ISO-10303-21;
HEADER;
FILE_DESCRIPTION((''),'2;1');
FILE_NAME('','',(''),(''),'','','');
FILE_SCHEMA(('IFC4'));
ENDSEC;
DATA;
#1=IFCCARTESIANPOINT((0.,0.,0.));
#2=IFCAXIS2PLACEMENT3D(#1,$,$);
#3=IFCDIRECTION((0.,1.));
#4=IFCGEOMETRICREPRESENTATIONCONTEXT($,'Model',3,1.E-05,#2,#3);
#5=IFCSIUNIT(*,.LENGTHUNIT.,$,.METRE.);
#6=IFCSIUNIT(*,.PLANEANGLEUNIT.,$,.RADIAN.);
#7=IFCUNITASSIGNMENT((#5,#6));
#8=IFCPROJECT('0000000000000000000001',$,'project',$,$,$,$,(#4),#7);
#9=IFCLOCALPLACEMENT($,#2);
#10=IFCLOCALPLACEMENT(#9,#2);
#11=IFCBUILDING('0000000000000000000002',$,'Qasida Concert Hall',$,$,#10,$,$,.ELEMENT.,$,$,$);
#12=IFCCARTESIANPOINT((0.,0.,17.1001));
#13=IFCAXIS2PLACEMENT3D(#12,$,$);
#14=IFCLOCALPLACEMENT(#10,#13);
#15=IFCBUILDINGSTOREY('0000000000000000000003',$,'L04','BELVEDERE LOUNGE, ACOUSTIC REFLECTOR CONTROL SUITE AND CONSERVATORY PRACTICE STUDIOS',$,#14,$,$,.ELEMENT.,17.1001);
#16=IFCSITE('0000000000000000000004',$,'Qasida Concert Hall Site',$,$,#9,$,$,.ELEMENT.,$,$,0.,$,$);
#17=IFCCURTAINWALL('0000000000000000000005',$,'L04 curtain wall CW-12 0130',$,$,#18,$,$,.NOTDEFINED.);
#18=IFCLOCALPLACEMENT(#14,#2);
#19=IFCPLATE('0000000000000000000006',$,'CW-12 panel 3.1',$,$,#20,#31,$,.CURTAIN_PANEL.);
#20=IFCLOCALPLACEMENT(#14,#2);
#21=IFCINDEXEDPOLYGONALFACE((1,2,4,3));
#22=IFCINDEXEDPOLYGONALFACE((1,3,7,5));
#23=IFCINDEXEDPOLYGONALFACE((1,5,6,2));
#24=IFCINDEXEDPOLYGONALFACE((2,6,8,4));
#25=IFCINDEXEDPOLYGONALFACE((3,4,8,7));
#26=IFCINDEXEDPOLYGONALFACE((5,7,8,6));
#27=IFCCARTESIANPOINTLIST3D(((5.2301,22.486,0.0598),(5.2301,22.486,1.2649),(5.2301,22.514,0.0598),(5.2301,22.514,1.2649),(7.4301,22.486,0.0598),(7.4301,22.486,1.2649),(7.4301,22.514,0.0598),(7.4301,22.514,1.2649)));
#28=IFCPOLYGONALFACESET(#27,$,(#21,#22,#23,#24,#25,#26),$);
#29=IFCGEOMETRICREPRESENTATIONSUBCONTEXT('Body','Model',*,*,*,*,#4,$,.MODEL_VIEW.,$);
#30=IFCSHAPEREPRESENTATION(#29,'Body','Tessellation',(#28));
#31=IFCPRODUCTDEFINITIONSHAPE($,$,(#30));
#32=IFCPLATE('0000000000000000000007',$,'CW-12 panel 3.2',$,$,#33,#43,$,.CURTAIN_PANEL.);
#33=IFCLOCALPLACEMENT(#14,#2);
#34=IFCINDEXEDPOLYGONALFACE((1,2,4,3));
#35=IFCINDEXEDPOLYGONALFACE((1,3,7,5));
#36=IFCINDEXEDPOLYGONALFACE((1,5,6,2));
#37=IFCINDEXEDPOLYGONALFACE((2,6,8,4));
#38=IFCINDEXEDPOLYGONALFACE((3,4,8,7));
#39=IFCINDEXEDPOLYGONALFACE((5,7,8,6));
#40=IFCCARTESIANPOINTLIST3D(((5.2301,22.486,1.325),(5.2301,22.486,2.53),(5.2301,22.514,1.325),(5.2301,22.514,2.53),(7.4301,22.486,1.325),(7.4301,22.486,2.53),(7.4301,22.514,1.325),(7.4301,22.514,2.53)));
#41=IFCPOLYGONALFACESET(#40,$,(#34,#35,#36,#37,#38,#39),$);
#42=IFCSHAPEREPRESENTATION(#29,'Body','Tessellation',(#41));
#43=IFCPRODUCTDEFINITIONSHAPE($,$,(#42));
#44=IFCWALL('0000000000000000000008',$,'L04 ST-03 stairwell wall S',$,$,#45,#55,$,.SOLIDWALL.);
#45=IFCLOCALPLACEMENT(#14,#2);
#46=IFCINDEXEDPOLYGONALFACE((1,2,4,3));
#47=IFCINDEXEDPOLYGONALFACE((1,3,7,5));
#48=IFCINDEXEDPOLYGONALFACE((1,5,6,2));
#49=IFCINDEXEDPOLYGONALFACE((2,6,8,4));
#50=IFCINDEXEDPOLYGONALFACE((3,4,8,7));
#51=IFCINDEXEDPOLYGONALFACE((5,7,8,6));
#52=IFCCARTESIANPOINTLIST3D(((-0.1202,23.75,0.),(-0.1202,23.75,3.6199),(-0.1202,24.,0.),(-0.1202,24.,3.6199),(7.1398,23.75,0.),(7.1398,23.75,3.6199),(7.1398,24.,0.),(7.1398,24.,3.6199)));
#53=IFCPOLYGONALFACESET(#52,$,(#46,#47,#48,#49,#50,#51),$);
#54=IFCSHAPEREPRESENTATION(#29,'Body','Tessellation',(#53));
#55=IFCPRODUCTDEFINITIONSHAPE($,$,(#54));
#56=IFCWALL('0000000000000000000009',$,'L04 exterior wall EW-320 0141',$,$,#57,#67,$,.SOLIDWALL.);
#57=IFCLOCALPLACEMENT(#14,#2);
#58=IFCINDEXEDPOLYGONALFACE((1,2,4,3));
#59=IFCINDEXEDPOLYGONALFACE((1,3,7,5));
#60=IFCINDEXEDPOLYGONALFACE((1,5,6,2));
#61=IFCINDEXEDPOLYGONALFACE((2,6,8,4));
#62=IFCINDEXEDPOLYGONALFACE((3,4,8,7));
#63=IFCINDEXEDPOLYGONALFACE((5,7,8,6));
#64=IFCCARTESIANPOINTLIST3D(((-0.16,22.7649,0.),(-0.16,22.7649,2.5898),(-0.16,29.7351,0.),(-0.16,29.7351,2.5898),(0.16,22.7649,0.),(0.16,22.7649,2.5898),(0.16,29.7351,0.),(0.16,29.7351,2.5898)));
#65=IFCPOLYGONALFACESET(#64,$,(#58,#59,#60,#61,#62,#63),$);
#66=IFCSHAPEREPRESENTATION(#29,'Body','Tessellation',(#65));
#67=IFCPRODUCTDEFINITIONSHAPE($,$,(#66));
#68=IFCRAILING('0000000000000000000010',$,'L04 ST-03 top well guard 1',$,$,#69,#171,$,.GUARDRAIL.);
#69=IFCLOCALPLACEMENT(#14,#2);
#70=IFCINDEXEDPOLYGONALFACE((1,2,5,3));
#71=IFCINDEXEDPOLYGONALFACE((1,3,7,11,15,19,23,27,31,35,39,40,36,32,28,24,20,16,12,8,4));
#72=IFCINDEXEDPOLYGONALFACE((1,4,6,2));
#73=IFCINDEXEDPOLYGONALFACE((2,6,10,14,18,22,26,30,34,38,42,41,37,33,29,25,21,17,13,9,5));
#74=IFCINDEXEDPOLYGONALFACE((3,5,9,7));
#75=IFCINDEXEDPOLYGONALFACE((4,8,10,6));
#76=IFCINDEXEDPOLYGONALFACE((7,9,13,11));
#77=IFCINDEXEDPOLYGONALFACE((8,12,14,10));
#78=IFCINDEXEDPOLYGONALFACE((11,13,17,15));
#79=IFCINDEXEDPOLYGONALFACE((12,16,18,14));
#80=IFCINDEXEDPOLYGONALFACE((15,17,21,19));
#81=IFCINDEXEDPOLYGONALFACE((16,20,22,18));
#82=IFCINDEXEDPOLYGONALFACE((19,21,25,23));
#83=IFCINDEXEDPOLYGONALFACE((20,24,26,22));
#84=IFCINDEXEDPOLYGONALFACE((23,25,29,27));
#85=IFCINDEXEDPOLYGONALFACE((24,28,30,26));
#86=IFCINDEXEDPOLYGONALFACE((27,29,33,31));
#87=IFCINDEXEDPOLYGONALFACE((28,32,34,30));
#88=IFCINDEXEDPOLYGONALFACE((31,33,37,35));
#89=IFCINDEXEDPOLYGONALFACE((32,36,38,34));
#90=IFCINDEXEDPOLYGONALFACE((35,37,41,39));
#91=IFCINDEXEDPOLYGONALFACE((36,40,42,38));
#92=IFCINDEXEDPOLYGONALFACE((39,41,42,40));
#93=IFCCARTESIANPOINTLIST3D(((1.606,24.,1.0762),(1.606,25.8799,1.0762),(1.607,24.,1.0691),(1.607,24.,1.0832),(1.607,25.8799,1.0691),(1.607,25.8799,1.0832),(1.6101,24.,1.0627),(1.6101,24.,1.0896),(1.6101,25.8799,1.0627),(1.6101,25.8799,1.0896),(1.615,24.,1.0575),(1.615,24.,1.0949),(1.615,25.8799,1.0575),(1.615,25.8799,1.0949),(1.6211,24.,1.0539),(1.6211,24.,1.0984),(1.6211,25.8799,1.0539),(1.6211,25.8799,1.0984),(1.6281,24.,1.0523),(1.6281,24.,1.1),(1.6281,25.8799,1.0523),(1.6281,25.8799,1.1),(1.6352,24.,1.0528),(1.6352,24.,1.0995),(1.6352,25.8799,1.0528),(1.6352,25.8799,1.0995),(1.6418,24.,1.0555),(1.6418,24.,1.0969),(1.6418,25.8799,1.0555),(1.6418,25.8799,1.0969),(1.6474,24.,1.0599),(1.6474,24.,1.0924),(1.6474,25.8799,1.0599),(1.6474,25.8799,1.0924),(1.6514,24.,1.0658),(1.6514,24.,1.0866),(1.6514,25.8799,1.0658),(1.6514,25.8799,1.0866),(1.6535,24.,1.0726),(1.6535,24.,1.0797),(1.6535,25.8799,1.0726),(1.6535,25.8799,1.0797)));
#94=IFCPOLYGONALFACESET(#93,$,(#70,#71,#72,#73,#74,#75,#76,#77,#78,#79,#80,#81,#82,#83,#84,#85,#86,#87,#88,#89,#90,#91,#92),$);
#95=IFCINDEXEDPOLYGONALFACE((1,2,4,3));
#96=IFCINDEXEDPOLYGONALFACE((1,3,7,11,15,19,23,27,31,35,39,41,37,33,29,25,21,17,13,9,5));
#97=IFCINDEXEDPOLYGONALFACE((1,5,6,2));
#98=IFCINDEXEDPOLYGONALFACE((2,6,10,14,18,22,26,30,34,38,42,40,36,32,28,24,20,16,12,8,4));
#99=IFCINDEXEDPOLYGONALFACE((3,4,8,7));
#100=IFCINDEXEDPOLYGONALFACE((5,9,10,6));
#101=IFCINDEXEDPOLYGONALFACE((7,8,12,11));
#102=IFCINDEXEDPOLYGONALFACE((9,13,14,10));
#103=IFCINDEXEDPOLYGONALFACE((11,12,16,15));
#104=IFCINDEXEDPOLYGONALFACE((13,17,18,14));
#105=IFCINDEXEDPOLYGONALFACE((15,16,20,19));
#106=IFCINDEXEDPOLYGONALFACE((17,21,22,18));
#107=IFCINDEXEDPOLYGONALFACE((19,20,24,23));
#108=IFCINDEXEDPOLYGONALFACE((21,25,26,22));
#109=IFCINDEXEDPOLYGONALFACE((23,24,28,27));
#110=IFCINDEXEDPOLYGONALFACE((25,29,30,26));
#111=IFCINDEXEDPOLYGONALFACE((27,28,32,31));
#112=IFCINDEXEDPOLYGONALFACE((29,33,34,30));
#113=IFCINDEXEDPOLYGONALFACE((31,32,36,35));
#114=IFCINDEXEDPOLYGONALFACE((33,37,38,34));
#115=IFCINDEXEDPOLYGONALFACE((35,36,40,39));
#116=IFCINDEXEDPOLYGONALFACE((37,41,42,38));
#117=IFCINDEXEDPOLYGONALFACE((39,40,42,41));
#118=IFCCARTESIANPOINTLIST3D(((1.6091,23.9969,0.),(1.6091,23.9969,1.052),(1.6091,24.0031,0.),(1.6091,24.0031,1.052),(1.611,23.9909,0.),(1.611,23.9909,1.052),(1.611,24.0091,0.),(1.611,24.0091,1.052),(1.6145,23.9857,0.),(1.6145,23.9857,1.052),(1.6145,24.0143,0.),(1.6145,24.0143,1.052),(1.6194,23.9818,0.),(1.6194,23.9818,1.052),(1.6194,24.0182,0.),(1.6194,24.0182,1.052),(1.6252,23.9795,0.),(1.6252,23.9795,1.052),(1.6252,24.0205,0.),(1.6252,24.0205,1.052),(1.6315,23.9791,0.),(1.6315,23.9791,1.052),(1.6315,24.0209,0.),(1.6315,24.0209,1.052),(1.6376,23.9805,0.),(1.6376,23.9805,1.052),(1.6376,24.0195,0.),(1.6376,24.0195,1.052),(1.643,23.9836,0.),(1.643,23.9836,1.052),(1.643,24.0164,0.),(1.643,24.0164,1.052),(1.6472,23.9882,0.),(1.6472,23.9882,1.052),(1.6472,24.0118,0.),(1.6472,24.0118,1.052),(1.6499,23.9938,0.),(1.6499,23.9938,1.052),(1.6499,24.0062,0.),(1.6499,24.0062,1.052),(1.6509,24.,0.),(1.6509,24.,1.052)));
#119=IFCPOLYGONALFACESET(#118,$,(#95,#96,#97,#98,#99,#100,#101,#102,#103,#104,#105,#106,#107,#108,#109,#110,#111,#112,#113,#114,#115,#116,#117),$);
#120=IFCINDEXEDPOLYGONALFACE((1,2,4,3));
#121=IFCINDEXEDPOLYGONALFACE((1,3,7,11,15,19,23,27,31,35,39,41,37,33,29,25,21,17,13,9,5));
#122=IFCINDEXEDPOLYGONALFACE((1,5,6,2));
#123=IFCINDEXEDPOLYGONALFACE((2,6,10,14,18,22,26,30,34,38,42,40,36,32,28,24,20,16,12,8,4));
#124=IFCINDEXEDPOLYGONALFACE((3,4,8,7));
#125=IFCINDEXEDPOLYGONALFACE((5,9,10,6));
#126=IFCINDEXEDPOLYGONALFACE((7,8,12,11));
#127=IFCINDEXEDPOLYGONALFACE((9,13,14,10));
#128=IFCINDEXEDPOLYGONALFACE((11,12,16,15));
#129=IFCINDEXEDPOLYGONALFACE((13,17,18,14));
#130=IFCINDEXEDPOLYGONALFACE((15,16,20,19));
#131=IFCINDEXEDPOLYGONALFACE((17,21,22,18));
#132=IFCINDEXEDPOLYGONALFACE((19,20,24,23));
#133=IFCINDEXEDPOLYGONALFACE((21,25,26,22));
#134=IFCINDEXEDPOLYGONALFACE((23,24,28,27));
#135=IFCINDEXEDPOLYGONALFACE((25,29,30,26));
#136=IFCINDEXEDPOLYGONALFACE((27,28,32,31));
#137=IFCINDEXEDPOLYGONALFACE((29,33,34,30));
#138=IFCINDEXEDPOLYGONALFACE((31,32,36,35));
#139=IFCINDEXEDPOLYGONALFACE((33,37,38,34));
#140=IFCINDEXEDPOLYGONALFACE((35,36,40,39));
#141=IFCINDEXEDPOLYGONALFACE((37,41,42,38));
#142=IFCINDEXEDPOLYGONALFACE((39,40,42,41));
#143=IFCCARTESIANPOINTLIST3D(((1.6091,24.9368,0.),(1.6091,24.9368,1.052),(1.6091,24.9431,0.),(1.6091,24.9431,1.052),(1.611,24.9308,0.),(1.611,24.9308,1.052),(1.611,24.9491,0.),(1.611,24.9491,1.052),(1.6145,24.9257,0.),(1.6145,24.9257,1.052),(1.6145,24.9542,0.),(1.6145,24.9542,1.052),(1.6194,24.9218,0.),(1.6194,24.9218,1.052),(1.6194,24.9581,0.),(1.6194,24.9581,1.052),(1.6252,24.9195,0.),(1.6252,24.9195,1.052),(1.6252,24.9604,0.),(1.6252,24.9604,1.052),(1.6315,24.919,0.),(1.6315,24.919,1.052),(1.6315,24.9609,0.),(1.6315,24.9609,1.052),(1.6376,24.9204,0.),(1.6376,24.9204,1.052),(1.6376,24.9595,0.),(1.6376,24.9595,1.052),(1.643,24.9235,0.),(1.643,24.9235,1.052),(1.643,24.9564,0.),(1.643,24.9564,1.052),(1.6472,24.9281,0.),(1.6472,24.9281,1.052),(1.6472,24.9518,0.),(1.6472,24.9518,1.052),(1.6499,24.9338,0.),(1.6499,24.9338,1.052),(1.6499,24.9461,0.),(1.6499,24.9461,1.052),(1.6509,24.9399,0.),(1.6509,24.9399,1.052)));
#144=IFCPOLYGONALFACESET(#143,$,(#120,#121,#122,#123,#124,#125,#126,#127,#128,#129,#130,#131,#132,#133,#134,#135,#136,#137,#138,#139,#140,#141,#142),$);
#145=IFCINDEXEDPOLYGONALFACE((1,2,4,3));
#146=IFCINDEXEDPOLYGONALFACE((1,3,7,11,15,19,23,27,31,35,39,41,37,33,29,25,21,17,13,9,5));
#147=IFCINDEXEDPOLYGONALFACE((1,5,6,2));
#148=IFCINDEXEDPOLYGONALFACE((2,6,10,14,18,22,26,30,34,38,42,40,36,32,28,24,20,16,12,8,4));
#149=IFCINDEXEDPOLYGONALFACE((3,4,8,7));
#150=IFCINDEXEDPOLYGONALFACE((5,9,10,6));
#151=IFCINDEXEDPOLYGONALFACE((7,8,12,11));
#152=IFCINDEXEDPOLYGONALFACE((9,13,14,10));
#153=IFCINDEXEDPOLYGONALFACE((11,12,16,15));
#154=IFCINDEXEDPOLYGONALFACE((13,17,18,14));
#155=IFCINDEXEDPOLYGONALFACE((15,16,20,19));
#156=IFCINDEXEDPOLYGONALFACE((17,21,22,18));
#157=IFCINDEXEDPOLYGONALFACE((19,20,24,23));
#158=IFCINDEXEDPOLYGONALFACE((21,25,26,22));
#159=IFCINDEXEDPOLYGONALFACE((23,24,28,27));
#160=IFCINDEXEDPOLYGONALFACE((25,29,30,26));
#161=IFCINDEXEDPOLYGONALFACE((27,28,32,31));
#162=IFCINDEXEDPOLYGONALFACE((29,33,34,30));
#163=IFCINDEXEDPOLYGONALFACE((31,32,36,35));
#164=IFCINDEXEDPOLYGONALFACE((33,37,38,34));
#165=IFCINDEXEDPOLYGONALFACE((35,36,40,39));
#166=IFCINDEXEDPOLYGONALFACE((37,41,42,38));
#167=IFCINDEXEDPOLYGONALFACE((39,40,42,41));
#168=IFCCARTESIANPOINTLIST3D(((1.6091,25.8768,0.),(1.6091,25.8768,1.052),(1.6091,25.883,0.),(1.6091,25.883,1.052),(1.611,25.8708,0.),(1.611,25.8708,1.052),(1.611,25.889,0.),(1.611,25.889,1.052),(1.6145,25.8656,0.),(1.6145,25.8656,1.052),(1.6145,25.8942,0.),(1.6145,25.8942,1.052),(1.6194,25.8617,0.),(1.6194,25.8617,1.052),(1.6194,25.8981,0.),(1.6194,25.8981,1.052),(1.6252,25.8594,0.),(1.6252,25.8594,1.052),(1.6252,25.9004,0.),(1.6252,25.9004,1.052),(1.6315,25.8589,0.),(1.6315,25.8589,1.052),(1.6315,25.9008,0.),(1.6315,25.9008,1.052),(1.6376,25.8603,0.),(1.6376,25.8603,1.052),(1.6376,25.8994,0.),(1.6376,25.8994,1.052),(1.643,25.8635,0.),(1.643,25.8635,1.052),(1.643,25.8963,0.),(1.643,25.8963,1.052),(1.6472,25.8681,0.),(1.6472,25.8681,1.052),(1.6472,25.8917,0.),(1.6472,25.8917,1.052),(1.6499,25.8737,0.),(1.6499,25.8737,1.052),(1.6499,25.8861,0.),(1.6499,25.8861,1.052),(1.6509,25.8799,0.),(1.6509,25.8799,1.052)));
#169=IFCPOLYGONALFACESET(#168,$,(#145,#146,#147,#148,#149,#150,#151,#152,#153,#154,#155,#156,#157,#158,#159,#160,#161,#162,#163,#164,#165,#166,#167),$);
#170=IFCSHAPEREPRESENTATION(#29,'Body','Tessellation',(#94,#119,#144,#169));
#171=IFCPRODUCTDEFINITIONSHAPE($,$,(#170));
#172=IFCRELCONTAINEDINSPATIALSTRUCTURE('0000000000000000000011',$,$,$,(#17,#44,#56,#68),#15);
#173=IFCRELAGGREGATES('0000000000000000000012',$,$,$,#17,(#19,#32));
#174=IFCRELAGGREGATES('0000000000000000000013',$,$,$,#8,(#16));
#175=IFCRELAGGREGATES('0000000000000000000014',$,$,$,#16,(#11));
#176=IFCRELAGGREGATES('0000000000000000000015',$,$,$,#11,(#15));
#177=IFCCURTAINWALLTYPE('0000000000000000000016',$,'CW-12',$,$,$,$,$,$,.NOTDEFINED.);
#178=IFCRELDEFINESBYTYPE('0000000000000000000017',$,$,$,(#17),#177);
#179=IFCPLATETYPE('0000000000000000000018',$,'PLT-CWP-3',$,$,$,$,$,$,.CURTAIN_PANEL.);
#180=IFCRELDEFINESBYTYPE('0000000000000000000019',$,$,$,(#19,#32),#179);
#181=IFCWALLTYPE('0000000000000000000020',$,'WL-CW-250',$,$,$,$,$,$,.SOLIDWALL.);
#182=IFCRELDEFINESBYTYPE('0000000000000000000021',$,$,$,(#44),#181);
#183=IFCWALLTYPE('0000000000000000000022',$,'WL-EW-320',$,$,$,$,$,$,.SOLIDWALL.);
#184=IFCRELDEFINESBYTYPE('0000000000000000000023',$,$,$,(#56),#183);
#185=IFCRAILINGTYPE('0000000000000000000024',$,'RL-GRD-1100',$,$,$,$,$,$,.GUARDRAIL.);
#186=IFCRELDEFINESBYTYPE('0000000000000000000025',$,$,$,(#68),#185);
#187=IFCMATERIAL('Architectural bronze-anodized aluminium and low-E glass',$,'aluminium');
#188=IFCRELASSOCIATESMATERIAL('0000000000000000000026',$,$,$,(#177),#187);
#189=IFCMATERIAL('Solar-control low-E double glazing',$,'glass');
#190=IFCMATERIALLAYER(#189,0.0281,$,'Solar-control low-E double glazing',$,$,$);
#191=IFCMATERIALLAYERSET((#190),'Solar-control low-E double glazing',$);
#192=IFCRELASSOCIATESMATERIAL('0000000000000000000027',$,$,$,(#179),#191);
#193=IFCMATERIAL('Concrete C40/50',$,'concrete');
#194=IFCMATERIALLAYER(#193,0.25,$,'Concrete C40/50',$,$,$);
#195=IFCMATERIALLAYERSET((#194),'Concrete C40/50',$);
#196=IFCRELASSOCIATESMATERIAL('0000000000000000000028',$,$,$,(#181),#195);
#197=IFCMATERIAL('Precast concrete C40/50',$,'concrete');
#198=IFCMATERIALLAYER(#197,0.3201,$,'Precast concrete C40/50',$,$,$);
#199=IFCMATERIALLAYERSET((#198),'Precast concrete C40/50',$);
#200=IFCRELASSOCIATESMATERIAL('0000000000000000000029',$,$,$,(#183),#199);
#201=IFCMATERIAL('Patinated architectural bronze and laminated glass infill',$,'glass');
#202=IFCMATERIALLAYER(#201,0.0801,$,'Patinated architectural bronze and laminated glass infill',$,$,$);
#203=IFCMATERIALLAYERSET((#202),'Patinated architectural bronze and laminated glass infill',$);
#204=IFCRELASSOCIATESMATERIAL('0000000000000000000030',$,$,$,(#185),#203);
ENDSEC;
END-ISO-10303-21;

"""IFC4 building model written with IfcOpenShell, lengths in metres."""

from ifc_helpers import new_model, si_unit, direction, frame, frame_2d, origin, origin_2d, place, context, subcontext, project, spatial, rectangle, circle, extrude, material, layer, layer_set, type_object, element, aggregate, save


model = new_model("IFC4")

# Units and contexts
model_context = context("Model", 3, precision=1e-05, world=origin(), true_north=direction((0.0, 1.0)))
body_context = subcontext(model_context, "Body", "Model", "MODEL_VIEW")
ifc_project = project(units=[si_unit("LENGTHUNIT", "METRE"), si_unit("PLANEANGLEUNIT", "RADIAN")], contexts=[model_context])

# Site, building, storey
site_placement = place(None, origin())
site = spatial("IfcSite", under=ifc_project, at=site_placement, Name="Qasida Concert Hall Site", CompositionType="ELEMENT", RefElevation=0.0)
building_placement = place(site_placement, origin())
building = spatial("IfcBuilding", under=site, at=building_placement, Name="Qasida Concert Hall", CompositionType="ELEMENT")
storey_placement = place(building_placement, frame((0.0, 0.0, 17.1001)))
storey = spatial("IfcBuildingStorey", under=building, at=storey_placement, Name="L04", Description="BELVEDERE LOUNGE, ACOUSTIC REFLECTOR CONTROL SUITE AND CONSERVATORY PRACTICE STUDIOS", CompositionType="ELEMENT", Elevation=17.1001)

# Shared definitions
ifc_material_1 = material(Name="Concrete C40/50", Category="concrete")

# Curtain wall, plates
ifc_material_2 = material(Name="Architectural bronze-anodized aluminium and low-E glass", Category="aluminium")
curtain_wall_type = type_object("IfcCurtainWallType", Name="CW-12", PredefinedType="NOTDEFINED", material=ifc_material_2)
curtain_wall_placement = place(storey_placement, origin())
curtain_wall = element("IfcCurtainWall", 1, at=curtain_wall_placement, inside=storey, type_object=curtain_wall_type, Name="L04 curtain wall CW-12 0130", PredefinedType="NOTDEFINED")
ifc_material_3 = material(Name="Solar-control low-E double glazing", Category="glass")
ifc_layer_1 = layer(ifc_material_3, 0.0281, Name="Solar-control low-E double glazing")
ifc_layer_set_1 = layer_set([ifc_layer_1], Name="Solar-control low-E double glazing")
plate_type = type_object("IfcPlateType", Name="PLT-CWP-3", PredefinedType="CURTAIN_PANEL", material=ifc_layer_set_1)
plate_1_placement = place(storey_placement, frame((6.3301, 22.5, 0.0598), z_axis=(0.0, 0.0, 1.0), x_axis=(1.0, 0.0, 0.0)))
plate_1 = element("IfcPlate", 2, at=plate_1_placement, type_object=plate_type, Name="CW-12 panel 3.1", PredefinedType="CURTAIN_PANEL", context=body_context, shape_type="SweptSolid", body=[
    extrude(rectangle(XDim=2.2, YDim=0.0281, at=origin_2d()), origin(), (0.0, 0.0, 1.0), 1.2051),
])
plate_2_placement = place(storey_placement, frame((6.3301, 22.5, 1.325), z_axis=(0.0, 0.0, 1.0), x_axis=(1.0, 0.0, 0.0)))
plate_2 = element("IfcPlate", 3, at=plate_2_placement, type_object=plate_type, Name="CW-12 panel 3.2", PredefinedType="CURTAIN_PANEL", context=body_context, shape_type="SweptSolid", body=[
    extrude(rectangle(XDim=2.2, YDim=0.0281, at=origin_2d()), origin(), (0.0, 0.0, 1.0), 1.2051),
])
aggregate(curtain_wall, [plate_1, plate_2])

# Walls
ifc_layer_2 = layer(ifc_material_1, 0.25, Name="Concrete C40/50")
ifc_layer_set_2 = layer_set([ifc_layer_2], Name="Concrete C40/50")
wall_type_1 = type_object("IfcWallType", Name="WL-CW-250", PredefinedType="SOLIDWALL", material=ifc_layer_set_2)
wall_1_placement = place(storey_placement, frame((-0.1201, 23.875, 0.0), z_axis=(0.0, 0.0, 1.0), x_axis=(1.0, 0.0, 0.0)))
element("IfcWall", 4, at=wall_1_placement, inside=storey, type_object=wall_type_1, Name="L04 ST-03 stairwell wall S", PredefinedType="SOLIDWALL", context=body_context, shape_type="SweptSolid", body=[
    extrude(rectangle(XDim=7.26, YDim=0.25, at=frame_2d((3.6299, 0.0))), origin(), (0.0, 0.0, 1.0), 3.6199),
])
ifc_material_4 = material(Name="Precast concrete C40/50", Category="concrete")
ifc_layer_3 = layer(ifc_material_4, 0.3201, Name="Precast concrete C40/50")
ifc_layer_set_3 = layer_set([ifc_layer_3], Name="Precast concrete C40/50")
wall_type_2 = type_object("IfcWallType", Name="WL-EW-320", PredefinedType="SOLIDWALL", material=ifc_layer_set_3)
wall_2_placement = place(storey_placement, frame((0.0, 22.7649, 0.0), z_axis=(0.0, 0.0, 1.0), x_axis=(0.0, 1.0, 0.0)))
element("IfcWall", 5, at=wall_2_placement, inside=storey, type_object=wall_type_2, Name="L04 exterior wall EW-320 0141", PredefinedType="SOLIDWALL", context=body_context, shape_type="SweptSolid", body=[
    extrude(rectangle(XDim=6.9702, YDim=0.3201, at=frame_2d((3.4851, 0.0))), origin(), (0.0, 0.0, 1.0), 2.5898),
])

# Railing
ifc_material_5 = material(Name="Patinated architectural bronze and laminated glass infill", Category="glass")
ifc_layer_4 = layer(ifc_material_5, 0.0801, Name="Patinated architectural bronze and laminated glass infill")
ifc_layer_set_4 = layer_set([ifc_layer_4], Name="Patinated architectural bronze and laminated glass infill")
railing_type = type_object("IfcRailingType", Name="RL-GRD-1100", PredefinedType="GUARDRAIL", material=ifc_layer_set_4)
railing_placement = place(storey_placement, frame((1.6299, 24.0, 0.0)))
element("IfcRailing", 6, at=railing_placement, inside=storey, type_object=railing_type, Name="L04 ST-03 top well guard 1", PredefinedType="GUARDRAIL", context=body_context, shape_type="SweptSolid", body=[
    extrude(circle(Radius=0.0239, at=origin_2d()), frame((0.0, 0.0, 1.0762), z_axis=(0.0, 1.0, 0.0), x_axis=(-1.0, 0.0, 0.0)), (0.0, 0.0, 1.0), 1.8799),
    extrude(circle(Radius=0.021, at=origin_2d()), origin(), (0.0, 0.0, 1.0), 1.052),
    extrude(circle(Radius=0.021, at=origin_2d()), frame((0.0, 0.9399, 0.0)), (0.0, 0.0, 1.0), 1.052),
    extrude(circle(Radius=0.021, at=origin_2d()), frame((0.0, 1.8799, 0.0)), (0.0, 0.0, 1.0), 1.052),
])

save(model, "model.ifc")
